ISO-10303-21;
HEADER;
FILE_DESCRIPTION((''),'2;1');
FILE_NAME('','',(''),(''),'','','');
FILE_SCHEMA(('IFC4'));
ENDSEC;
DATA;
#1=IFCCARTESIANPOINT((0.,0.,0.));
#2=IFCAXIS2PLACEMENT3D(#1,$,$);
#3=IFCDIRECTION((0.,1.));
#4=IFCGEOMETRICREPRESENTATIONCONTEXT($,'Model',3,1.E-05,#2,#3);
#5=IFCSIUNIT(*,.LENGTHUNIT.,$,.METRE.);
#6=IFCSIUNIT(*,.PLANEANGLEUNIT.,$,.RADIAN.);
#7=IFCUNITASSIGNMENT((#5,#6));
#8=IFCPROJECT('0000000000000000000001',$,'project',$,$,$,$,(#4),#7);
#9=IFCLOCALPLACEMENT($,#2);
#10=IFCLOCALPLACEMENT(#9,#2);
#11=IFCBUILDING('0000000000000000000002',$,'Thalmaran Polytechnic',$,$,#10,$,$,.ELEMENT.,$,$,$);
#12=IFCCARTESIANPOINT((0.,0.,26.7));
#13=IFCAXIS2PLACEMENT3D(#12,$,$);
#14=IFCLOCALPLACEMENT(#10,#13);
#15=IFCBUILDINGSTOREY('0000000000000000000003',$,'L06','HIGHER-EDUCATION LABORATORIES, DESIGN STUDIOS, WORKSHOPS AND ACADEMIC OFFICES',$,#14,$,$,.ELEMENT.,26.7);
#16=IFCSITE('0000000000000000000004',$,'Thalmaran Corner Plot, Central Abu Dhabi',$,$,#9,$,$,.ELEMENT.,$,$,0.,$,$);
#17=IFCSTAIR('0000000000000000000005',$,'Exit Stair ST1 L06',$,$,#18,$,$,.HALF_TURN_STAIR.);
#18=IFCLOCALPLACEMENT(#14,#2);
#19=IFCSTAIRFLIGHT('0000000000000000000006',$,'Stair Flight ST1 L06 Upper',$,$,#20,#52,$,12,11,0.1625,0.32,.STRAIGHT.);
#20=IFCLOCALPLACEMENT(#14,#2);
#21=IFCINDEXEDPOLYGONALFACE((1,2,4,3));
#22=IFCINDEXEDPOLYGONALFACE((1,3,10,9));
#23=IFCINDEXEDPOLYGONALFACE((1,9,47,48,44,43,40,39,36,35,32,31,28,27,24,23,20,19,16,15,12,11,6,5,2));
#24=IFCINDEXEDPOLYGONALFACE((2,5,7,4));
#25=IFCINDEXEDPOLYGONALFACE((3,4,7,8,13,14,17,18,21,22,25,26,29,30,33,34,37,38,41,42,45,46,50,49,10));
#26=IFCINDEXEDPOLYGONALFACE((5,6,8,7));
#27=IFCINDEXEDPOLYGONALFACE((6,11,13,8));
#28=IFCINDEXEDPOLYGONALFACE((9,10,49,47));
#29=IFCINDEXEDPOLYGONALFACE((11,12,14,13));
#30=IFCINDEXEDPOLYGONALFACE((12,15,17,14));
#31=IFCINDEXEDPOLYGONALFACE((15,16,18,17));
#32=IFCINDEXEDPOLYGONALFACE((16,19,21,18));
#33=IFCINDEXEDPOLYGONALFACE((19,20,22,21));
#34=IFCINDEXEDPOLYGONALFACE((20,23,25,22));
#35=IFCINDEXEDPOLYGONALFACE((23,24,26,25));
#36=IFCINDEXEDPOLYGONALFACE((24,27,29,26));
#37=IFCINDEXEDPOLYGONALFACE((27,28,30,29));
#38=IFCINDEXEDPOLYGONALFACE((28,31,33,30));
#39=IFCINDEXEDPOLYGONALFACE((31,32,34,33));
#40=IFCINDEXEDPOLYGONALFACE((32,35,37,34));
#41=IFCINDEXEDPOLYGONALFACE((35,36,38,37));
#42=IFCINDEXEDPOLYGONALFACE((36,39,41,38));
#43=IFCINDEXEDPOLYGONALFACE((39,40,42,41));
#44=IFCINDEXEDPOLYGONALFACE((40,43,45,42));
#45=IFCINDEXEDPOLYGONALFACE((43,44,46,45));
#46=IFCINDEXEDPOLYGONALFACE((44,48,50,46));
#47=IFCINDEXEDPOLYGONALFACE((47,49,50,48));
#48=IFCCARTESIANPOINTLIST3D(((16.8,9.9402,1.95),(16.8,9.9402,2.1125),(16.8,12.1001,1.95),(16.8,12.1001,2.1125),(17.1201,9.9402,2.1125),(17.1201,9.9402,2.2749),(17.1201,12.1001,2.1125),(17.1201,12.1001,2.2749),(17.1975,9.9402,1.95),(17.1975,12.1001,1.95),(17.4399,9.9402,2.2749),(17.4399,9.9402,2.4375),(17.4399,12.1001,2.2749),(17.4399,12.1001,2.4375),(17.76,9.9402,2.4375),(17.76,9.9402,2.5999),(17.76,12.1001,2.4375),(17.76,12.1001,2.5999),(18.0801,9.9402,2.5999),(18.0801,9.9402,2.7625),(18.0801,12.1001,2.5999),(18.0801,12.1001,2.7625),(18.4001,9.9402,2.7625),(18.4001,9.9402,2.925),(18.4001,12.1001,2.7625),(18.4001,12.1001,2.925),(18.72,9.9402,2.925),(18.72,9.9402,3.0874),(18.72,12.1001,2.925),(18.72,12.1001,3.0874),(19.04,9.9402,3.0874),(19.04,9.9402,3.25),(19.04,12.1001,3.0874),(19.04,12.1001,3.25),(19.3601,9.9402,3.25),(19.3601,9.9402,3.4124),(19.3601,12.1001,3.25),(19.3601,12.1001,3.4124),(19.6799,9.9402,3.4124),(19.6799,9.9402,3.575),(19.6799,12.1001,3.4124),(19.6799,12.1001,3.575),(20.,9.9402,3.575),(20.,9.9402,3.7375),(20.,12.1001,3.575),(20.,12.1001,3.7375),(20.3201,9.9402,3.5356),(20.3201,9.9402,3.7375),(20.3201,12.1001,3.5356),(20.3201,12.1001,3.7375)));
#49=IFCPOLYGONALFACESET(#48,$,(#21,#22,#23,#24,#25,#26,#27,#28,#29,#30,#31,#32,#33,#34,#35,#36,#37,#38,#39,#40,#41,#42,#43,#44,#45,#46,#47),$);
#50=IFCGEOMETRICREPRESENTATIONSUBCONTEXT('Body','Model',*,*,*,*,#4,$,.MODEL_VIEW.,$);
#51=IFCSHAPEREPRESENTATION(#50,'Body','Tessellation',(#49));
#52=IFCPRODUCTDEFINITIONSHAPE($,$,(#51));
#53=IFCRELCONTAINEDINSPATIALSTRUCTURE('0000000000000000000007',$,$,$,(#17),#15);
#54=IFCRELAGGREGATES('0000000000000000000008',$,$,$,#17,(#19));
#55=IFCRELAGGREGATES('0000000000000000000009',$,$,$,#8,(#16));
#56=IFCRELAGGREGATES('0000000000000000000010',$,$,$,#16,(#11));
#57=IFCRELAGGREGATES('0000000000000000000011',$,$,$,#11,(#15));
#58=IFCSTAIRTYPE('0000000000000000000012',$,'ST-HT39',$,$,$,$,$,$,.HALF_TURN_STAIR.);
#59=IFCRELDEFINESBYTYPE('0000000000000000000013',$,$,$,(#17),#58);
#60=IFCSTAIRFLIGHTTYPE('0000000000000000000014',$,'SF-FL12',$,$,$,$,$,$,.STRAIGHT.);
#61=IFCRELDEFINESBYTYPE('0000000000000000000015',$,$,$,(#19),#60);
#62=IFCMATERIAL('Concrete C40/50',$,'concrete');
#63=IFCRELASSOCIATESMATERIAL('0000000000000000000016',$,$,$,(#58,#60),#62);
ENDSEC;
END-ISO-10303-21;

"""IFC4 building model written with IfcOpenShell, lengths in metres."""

from ifc_helpers import new_model, si_unit, direction, frame, origin, place, context, subcontext, project, spatial, polyline, outline, extrude, material, type_object, element, aggregate, save


model = new_model("IFC4")

# Units and contexts
model_context = context("Model", 3, precision=1e-05, world=origin(), true_north=direction((0.0, 1.0)))
body_context = subcontext(model_context, "Body", "Model", "MODEL_VIEW")
ifc_project = project(units=[si_unit("LENGTHUNIT", "METRE"), si_unit("PLANEANGLEUNIT", "RADIAN")], contexts=[model_context])

# Site, building, storey
site_placement = place(None, origin())
site = spatial("IfcSite", under=ifc_project, at=site_placement, Name="Thalmaran Corner Plot, Central Abu Dhabi", CompositionType="ELEMENT", RefElevation=0.0)
building_placement = place(site_placement, origin())
building = spatial("IfcBuilding", under=site, at=building_placement, Name="Thalmaran Polytechnic", CompositionType="ELEMENT")
storey_placement = place(building_placement, frame((0.0, 0.0, 26.7)))
storey = spatial("IfcBuildingStorey", under=building, at=storey_placement, Name="L06", Description="HIGHER-EDUCATION LABORATORIES, DESIGN STUDIOS, WORKSHOPS AND ACADEMIC OFFICES", CompositionType="ELEMENT", Elevation=26.7)

# Shared definitions
ifc_material_1 = material(Name="Concrete C40/50", Category="concrete")

# Stair, stair flight
stair_type = type_object("IfcStairType", Name="ST-HT39", PredefinedType="HALF_TURN_STAIR", material=ifc_material_1)
stair_placement = place(storey_placement, origin())
stair = element("IfcStair", 1, at=stair_placement, inside=storey, type_object=stair_type, Name="Exit Stair ST1 L06", PredefinedType="HALF_TURN_STAIR")
stair_flight_type = type_object("IfcStairFlightType", Name="SF-FL12", PredefinedType="STRAIGHT", material=ifc_material_1)
stair_flight_1_placement = place(storey_placement, frame((16.8, 11.02, 1.95), z_axis=(0.0, 0.0, 1.0), x_axis=(1.0, 0.0, 0.0)))
stair_flight_1 = element("IfcStairFlight", 2, at=stair_flight_1_placement, type_object=stair_flight_type, Name="Stair Flight ST1 L06 Upper", NumberOfRisers=12, NumberOfTreads=11, PredefinedType="STRAIGHT", RiserHeight=0.1625, TreadLength=0.32, context=body_context, shape_type="SweptSolid", body=[
    extrude(outline(polyline([(0.0, 0.0), (0.0, 0.1626), (0.3201, 0.1626), (0.3201, 0.325), (0.6399, 0.325), (0.6399, 0.4875), (0.96, 0.4875), (0.96, 0.6499), (1.28, 0.6499), (1.28, 0.8125), (1.6001, 0.8125), (1.6001, 0.9751), (1.9199, 0.9751), (1.9199, 1.1375), (2.24, 1.1375), (2.24, 1.3), (2.5601, 1.3), (2.5601, 1.4624), (2.8799, 1.4624), (2.8799, 1.625), (3.2, 1.625), (3.2, 1.7876), (3.52, 1.7876), (3.52, 1.95), (3.52, 1.5857), (0.3975, 0.0), (0.0, 0.0)])), frame((0.0, 1.0801, 0.0), z_axis=(0.0, -1.0, 0.0), x_axis=(1.0, 0.0, 0.0)), (0.0, 0.0, 1.0), 2.1599),
])
aggregate(stair, [stair_flight_1])

save(model, "model.ifc")
